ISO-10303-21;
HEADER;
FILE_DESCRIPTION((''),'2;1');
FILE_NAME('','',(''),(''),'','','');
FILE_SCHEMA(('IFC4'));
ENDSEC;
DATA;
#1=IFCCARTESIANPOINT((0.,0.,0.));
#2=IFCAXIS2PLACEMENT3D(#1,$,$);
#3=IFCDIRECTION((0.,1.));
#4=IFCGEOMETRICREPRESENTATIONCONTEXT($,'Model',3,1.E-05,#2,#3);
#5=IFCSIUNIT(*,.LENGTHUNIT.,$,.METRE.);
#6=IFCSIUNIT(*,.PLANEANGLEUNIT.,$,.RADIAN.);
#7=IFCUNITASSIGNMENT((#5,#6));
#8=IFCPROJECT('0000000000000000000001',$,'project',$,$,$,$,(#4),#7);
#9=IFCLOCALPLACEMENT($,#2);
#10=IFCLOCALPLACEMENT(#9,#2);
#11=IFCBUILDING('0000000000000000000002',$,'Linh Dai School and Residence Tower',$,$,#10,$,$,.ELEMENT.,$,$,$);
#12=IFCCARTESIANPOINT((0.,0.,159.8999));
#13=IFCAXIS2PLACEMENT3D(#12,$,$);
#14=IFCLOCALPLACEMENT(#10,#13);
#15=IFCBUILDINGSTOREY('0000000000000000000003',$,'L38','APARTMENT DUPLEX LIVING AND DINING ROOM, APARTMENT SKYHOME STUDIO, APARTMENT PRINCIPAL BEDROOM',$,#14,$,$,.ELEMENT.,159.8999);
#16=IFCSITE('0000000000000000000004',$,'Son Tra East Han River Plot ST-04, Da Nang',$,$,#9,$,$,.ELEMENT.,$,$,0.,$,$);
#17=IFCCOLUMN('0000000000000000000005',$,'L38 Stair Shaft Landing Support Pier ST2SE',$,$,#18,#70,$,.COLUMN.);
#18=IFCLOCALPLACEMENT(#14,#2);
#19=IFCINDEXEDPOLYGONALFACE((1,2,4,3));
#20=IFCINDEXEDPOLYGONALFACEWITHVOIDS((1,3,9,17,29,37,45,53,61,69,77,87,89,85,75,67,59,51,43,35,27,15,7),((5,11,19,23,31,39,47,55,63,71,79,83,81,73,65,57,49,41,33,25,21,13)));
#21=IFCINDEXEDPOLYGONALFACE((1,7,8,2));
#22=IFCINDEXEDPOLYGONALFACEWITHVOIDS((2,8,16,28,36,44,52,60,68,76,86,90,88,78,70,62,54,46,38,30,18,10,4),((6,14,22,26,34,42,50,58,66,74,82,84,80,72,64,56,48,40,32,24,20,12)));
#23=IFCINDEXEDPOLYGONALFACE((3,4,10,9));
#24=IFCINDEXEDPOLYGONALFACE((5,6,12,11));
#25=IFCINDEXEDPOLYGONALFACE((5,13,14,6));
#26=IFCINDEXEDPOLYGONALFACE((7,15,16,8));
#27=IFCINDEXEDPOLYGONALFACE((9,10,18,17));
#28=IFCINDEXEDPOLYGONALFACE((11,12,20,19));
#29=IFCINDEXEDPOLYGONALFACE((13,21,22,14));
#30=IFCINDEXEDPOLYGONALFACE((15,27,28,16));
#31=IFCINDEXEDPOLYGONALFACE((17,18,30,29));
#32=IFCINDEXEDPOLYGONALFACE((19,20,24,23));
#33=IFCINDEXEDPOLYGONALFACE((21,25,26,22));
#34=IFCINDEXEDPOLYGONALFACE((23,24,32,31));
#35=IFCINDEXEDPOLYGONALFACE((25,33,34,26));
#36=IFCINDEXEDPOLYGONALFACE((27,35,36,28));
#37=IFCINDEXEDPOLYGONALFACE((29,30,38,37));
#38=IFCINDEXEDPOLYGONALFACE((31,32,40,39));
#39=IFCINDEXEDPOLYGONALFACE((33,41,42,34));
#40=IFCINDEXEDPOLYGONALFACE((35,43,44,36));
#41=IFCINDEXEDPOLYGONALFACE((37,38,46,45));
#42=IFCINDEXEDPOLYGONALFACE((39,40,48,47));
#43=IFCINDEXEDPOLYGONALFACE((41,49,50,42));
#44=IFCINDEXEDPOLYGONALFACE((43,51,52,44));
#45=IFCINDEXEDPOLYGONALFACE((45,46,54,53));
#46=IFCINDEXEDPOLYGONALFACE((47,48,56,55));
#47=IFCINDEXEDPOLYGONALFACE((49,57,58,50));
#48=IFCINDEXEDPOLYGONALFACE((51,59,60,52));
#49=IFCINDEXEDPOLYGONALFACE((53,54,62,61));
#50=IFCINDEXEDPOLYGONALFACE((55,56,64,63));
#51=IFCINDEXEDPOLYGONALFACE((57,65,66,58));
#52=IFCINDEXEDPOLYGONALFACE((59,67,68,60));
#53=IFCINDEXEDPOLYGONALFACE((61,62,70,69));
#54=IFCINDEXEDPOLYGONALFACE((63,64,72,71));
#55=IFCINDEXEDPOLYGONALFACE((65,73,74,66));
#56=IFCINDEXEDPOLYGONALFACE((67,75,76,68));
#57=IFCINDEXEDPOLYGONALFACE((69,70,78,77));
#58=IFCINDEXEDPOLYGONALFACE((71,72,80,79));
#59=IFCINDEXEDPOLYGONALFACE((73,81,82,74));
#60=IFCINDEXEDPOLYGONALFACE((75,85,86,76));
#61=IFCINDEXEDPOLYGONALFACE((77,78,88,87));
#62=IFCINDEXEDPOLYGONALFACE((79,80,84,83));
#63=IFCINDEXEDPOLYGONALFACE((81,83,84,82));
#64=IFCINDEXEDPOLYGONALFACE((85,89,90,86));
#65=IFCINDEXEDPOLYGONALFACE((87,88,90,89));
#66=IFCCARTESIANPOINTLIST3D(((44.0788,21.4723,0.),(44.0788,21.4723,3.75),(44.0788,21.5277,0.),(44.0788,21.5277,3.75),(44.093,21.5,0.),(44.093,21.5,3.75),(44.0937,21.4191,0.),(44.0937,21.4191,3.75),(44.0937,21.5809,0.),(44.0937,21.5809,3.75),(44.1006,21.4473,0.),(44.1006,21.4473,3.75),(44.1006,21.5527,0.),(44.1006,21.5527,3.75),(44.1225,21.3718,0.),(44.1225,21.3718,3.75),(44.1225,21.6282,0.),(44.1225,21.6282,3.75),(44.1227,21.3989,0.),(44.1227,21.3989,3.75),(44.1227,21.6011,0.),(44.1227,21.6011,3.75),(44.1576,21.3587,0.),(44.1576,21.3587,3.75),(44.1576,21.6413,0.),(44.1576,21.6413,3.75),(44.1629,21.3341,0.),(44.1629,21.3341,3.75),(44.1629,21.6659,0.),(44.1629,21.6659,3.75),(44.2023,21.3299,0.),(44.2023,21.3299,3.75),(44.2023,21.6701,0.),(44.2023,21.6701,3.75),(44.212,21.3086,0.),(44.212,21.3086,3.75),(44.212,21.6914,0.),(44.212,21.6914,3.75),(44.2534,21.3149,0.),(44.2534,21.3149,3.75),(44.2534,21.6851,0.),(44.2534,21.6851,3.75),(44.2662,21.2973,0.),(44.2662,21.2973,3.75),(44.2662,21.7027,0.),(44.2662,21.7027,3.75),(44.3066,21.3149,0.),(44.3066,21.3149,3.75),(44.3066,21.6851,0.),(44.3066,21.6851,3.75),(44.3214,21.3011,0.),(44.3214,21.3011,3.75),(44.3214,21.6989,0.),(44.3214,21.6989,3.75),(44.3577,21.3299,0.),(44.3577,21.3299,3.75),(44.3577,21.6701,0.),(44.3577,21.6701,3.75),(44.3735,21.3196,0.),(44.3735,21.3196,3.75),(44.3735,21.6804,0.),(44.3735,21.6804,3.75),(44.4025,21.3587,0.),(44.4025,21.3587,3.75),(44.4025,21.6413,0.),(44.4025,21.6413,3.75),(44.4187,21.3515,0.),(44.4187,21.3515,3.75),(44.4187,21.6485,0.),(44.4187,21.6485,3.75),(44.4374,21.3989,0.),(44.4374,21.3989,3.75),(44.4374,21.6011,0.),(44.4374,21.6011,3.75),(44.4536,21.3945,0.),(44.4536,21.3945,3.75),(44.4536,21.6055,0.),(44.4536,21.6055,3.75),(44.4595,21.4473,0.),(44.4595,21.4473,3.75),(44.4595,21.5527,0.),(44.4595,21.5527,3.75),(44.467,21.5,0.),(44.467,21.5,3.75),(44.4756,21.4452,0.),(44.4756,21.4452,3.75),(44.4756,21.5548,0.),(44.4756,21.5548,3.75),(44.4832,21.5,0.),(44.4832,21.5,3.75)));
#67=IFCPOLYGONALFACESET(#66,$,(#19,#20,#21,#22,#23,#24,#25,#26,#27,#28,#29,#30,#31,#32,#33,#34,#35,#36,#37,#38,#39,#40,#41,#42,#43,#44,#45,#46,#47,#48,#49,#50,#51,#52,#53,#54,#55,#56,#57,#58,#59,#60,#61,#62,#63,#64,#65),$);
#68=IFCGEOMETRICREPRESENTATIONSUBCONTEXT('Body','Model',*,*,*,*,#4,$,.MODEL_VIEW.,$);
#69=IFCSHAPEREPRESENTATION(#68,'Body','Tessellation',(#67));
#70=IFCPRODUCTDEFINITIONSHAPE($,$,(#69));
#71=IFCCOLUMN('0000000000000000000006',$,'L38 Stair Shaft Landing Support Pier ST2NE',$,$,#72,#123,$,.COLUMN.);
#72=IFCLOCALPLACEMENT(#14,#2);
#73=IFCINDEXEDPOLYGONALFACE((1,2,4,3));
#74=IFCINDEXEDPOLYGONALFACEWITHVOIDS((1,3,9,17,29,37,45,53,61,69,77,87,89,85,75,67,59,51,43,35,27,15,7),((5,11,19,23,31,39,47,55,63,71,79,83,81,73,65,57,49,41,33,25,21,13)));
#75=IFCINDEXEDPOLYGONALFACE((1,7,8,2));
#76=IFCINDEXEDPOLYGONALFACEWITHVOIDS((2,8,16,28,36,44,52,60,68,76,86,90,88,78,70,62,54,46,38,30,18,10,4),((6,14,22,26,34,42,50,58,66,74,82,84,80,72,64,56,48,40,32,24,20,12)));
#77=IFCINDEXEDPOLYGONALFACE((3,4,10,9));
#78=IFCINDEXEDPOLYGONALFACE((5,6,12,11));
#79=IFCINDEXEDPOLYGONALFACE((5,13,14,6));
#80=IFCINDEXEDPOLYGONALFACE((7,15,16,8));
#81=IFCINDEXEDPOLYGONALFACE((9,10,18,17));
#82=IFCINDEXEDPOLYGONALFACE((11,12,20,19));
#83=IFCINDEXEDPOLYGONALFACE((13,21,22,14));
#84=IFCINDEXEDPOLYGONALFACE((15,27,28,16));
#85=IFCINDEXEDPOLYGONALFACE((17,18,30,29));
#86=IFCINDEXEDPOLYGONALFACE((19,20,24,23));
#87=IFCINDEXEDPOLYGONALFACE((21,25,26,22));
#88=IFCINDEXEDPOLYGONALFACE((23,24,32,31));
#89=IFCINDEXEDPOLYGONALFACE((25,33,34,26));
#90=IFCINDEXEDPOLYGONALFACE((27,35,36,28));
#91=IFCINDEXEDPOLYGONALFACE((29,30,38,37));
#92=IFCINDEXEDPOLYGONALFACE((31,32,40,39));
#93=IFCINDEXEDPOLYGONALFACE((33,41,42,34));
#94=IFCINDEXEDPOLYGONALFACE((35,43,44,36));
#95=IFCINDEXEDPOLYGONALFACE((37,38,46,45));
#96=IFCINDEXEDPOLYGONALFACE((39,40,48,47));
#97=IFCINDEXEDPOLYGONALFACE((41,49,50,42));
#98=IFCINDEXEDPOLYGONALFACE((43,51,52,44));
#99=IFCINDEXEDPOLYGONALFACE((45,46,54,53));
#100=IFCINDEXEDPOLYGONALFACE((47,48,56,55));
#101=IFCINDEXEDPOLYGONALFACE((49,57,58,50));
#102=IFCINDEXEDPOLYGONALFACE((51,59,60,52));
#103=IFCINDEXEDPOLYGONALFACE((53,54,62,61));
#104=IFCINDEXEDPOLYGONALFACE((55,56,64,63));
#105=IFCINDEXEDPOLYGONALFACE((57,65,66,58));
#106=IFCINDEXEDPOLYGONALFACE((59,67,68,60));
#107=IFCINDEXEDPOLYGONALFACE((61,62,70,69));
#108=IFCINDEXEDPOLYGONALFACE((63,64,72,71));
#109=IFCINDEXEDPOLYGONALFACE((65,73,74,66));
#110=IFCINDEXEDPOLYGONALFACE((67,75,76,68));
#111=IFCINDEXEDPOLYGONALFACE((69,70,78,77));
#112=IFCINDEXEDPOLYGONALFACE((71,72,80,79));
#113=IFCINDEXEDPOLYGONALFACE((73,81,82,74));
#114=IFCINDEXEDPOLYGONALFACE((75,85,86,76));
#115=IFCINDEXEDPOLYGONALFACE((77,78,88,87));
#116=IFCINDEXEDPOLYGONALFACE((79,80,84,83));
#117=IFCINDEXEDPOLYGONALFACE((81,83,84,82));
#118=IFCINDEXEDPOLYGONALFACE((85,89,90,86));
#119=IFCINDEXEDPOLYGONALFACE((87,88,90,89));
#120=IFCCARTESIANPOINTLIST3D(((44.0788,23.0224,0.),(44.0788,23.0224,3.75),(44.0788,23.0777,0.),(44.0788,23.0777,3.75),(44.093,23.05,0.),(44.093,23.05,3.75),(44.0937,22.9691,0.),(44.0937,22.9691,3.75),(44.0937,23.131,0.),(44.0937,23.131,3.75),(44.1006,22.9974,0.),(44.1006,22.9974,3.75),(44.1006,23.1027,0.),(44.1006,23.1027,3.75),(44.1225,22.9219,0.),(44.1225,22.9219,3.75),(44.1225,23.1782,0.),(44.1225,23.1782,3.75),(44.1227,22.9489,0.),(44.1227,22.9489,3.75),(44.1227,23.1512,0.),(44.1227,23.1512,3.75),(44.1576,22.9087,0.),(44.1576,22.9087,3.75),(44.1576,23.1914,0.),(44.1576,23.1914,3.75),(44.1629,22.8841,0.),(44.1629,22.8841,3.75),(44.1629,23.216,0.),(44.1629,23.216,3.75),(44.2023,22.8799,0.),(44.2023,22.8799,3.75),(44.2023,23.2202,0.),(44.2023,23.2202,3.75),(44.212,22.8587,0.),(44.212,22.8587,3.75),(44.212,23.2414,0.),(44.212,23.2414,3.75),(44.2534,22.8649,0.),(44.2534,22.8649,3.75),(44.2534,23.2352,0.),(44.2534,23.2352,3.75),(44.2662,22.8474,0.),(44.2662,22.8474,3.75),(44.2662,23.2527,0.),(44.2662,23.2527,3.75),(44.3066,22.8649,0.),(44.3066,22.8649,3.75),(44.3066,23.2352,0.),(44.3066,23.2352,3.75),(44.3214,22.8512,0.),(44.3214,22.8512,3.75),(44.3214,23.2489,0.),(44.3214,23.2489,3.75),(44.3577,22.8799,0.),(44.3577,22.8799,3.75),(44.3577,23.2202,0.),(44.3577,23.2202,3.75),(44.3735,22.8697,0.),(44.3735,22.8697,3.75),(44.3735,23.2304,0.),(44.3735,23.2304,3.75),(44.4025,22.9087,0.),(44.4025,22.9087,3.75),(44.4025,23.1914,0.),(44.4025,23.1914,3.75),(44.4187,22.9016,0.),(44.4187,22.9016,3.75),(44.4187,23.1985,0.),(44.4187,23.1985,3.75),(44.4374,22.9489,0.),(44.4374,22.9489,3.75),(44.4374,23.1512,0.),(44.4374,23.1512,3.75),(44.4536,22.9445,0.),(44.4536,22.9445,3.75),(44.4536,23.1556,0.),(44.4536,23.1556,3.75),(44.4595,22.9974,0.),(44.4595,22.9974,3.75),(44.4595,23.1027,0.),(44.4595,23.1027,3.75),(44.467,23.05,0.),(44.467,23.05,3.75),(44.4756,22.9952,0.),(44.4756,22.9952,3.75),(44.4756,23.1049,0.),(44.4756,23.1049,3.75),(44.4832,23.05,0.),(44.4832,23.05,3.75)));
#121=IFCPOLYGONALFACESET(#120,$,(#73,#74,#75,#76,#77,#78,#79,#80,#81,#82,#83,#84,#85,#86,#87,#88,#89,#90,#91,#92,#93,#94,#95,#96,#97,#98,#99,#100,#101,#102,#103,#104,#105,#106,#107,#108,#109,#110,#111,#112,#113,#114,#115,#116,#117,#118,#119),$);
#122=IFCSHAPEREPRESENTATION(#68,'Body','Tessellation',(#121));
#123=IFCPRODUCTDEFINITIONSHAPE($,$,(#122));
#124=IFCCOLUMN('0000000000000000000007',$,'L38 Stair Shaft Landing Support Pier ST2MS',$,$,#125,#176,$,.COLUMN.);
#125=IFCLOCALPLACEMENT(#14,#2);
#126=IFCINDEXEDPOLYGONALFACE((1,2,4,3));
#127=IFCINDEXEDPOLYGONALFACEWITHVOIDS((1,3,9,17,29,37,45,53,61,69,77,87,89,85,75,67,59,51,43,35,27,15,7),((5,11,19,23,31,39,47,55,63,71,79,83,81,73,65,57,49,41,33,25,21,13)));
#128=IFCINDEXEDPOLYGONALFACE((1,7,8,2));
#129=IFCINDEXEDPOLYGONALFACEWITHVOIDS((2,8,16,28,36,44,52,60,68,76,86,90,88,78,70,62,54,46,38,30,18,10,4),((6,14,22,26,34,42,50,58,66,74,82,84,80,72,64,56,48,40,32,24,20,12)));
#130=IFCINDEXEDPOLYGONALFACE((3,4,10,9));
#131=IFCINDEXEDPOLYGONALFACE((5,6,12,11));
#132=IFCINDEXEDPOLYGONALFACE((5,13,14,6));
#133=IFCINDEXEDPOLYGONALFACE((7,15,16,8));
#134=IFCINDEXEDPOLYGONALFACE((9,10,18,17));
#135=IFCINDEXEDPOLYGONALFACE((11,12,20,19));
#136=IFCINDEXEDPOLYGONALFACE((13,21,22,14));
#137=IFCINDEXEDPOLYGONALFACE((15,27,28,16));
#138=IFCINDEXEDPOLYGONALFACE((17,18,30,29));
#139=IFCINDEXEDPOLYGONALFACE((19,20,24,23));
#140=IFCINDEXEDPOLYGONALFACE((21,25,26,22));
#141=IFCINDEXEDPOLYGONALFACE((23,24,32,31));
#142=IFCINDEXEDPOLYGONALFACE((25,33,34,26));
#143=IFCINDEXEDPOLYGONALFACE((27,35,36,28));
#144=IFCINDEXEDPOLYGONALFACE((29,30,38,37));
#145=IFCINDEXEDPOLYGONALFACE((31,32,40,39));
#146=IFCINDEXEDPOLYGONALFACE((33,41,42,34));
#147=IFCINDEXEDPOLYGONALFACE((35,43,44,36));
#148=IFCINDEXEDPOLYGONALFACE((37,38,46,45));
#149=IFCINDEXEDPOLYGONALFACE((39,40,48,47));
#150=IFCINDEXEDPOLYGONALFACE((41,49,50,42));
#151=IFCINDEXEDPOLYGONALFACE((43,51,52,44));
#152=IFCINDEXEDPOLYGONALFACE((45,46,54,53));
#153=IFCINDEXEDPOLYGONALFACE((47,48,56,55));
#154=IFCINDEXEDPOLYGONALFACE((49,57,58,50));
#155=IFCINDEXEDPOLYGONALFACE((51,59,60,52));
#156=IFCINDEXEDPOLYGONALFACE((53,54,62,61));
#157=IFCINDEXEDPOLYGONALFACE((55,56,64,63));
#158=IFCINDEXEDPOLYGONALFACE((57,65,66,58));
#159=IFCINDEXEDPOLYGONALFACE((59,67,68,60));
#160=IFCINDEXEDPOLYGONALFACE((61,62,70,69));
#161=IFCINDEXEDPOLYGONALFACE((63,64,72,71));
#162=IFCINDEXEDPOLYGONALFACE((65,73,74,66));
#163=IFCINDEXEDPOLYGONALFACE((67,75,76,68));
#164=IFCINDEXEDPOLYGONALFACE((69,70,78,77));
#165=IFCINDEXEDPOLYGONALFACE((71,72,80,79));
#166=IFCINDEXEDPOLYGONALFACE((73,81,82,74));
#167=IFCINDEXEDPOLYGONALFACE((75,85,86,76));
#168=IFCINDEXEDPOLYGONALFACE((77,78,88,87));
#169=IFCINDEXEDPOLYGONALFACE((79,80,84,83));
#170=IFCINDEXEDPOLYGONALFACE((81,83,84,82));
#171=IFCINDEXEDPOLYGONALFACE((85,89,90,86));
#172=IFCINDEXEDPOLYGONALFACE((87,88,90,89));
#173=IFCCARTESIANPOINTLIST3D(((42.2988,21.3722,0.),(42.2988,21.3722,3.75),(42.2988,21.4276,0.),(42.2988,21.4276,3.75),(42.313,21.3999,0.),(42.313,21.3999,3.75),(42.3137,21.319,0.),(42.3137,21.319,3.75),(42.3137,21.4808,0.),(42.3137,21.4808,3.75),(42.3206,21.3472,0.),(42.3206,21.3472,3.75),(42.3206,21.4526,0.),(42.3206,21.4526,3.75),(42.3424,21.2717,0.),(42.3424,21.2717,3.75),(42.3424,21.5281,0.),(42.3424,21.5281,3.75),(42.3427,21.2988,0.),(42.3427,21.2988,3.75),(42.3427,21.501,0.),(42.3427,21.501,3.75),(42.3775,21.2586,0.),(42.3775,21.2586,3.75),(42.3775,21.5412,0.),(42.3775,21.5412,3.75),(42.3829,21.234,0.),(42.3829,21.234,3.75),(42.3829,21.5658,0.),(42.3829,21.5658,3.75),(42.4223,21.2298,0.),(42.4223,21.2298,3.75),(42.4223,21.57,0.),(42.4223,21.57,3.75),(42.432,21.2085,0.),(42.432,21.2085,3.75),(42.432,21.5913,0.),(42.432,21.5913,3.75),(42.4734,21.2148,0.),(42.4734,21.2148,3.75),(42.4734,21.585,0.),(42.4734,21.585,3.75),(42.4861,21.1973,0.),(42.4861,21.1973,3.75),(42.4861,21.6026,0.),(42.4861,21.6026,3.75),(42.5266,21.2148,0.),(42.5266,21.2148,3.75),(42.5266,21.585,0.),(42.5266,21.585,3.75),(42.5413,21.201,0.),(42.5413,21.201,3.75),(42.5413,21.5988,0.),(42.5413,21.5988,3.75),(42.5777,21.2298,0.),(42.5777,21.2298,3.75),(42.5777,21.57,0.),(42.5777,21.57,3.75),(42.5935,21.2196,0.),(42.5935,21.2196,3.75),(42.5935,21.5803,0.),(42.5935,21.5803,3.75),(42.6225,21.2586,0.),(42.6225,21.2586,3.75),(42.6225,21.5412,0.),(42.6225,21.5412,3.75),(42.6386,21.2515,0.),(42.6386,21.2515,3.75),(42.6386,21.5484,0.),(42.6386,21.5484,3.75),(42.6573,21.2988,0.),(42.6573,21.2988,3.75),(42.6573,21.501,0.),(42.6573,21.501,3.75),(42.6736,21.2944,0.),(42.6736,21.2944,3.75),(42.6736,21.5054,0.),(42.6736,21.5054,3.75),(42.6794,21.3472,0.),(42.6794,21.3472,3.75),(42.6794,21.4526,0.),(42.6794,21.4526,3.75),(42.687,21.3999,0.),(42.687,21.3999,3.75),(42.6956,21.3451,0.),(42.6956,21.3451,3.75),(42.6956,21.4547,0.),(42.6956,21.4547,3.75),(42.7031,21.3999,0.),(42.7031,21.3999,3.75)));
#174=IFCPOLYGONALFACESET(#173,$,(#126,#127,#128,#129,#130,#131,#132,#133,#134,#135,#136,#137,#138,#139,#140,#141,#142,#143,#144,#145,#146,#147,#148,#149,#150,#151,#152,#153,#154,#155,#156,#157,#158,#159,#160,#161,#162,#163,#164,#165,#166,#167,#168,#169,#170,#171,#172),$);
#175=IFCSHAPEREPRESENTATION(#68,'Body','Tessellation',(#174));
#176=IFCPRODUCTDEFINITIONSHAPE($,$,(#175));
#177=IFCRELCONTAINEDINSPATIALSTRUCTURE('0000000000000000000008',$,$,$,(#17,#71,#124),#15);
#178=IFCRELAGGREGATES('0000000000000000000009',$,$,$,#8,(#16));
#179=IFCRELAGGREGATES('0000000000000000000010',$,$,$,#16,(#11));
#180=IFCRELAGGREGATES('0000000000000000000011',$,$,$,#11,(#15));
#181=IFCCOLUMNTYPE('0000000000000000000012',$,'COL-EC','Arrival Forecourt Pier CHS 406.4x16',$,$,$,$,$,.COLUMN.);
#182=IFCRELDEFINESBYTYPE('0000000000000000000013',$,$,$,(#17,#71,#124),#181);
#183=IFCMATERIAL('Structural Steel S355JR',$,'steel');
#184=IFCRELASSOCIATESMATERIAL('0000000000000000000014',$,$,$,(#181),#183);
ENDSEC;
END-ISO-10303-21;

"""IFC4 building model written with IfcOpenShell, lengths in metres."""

from ifc_helpers import new_model, si_unit, direction, frame, origin, origin_2d, place, context, subcontext, project, spatial, hollow_circle, extrude, material, material_profile, profile_set, type_object, element, save


model = new_model("IFC4")

# Units and contexts
model_context = context("Model", 3, precision=1e-05, world=origin(), true_north=direction((0.0, 1.0)))
body_context = subcontext(model_context, "Body", "Model", "MODEL_VIEW")
ifc_project = project(units=[si_unit("LENGTHUNIT", "METRE"), si_unit("PLANEANGLEUNIT", "RADIAN")], contexts=[model_context])

# Site, building, storey
site_placement = place(None, origin())
site = spatial("IfcSite", under=ifc_project, at=site_placement, Name="Son Tra East Han River Plot ST-04, Da Nang", CompositionType="ELEMENT", RefElevation=0.0)
building_placement = place(site_placement, origin())
building = spatial("IfcBuilding", under=site, at=building_placement, Name="Linh Dai School and Residence Tower", CompositionType="ELEMENT")
storey_placement = place(building_placement, frame((0.0, 0.0, 159.8999)))
storey = spatial("IfcBuildingStorey", under=building, at=storey_placement, Name="L38", Description="APARTMENT DUPLEX LIVING AND DINING ROOM, APARTMENT SKYHOME STUDIO, APARTMENT PRINCIPAL BEDROOM", CompositionType="ELEMENT", Elevation=159.8999)

# Columns
ifc_material_1 = material(Name="Structural Steel S355JR", Category="steel")
ifc_material_profile_1 = material_profile(ifc_material_1, hollow_circle(Radius=0.2031, WallThickness=0.0161, at=origin_2d()), Name="CHS 406.4x16")
ifc_profile_set_1 = profile_set([ifc_material_profile_1], Name="Structural Steel S355JR")
column_type_1 = type_object("IfcColumnType", Name="COL-EC", Description="Arrival Forecourt Pier CHS 406.4x16", PredefinedType="COLUMN", material=ifc_profile_set_1)
for number, where, z_axis, x_axis, name in (
    (1, (44.28, 21.5, 0.0), (0.0, 0.0, 1.0), (1.0, 0.0, 0.0), "L38 Stair Shaft Landing Support Pier ST2SE"),
    (2, (44.28, 23.05, 0.0), (0.0, 0.0, 1.0), (1.0, 0.0, 0.0), "L38 Stair Shaft Landing Support Pier ST2NE"),
    (3, (42.5, 21.3999, 0.0), (0.0, 0.0, 1.0), (1.0, 0.0, 0.0), "L38 Stair Shaft Landing Support Pier ST2MS"),
):
    element("IfcColumn", number, at=place(storey_placement, frame(where, z_axis=z_axis, x_axis=x_axis)), inside=storey, type_object=column_type_1, Name=name, PredefinedType="COLUMN", context=body_context, shape_type="SweptSolid", body=[
        extrude(hollow_circle(Radius=0.2031, WallThickness=0.0161, at=origin_2d()), origin(), (0.0, 0.0, 1.0), 3.75),
    ])

save(model, "model.ifc")
